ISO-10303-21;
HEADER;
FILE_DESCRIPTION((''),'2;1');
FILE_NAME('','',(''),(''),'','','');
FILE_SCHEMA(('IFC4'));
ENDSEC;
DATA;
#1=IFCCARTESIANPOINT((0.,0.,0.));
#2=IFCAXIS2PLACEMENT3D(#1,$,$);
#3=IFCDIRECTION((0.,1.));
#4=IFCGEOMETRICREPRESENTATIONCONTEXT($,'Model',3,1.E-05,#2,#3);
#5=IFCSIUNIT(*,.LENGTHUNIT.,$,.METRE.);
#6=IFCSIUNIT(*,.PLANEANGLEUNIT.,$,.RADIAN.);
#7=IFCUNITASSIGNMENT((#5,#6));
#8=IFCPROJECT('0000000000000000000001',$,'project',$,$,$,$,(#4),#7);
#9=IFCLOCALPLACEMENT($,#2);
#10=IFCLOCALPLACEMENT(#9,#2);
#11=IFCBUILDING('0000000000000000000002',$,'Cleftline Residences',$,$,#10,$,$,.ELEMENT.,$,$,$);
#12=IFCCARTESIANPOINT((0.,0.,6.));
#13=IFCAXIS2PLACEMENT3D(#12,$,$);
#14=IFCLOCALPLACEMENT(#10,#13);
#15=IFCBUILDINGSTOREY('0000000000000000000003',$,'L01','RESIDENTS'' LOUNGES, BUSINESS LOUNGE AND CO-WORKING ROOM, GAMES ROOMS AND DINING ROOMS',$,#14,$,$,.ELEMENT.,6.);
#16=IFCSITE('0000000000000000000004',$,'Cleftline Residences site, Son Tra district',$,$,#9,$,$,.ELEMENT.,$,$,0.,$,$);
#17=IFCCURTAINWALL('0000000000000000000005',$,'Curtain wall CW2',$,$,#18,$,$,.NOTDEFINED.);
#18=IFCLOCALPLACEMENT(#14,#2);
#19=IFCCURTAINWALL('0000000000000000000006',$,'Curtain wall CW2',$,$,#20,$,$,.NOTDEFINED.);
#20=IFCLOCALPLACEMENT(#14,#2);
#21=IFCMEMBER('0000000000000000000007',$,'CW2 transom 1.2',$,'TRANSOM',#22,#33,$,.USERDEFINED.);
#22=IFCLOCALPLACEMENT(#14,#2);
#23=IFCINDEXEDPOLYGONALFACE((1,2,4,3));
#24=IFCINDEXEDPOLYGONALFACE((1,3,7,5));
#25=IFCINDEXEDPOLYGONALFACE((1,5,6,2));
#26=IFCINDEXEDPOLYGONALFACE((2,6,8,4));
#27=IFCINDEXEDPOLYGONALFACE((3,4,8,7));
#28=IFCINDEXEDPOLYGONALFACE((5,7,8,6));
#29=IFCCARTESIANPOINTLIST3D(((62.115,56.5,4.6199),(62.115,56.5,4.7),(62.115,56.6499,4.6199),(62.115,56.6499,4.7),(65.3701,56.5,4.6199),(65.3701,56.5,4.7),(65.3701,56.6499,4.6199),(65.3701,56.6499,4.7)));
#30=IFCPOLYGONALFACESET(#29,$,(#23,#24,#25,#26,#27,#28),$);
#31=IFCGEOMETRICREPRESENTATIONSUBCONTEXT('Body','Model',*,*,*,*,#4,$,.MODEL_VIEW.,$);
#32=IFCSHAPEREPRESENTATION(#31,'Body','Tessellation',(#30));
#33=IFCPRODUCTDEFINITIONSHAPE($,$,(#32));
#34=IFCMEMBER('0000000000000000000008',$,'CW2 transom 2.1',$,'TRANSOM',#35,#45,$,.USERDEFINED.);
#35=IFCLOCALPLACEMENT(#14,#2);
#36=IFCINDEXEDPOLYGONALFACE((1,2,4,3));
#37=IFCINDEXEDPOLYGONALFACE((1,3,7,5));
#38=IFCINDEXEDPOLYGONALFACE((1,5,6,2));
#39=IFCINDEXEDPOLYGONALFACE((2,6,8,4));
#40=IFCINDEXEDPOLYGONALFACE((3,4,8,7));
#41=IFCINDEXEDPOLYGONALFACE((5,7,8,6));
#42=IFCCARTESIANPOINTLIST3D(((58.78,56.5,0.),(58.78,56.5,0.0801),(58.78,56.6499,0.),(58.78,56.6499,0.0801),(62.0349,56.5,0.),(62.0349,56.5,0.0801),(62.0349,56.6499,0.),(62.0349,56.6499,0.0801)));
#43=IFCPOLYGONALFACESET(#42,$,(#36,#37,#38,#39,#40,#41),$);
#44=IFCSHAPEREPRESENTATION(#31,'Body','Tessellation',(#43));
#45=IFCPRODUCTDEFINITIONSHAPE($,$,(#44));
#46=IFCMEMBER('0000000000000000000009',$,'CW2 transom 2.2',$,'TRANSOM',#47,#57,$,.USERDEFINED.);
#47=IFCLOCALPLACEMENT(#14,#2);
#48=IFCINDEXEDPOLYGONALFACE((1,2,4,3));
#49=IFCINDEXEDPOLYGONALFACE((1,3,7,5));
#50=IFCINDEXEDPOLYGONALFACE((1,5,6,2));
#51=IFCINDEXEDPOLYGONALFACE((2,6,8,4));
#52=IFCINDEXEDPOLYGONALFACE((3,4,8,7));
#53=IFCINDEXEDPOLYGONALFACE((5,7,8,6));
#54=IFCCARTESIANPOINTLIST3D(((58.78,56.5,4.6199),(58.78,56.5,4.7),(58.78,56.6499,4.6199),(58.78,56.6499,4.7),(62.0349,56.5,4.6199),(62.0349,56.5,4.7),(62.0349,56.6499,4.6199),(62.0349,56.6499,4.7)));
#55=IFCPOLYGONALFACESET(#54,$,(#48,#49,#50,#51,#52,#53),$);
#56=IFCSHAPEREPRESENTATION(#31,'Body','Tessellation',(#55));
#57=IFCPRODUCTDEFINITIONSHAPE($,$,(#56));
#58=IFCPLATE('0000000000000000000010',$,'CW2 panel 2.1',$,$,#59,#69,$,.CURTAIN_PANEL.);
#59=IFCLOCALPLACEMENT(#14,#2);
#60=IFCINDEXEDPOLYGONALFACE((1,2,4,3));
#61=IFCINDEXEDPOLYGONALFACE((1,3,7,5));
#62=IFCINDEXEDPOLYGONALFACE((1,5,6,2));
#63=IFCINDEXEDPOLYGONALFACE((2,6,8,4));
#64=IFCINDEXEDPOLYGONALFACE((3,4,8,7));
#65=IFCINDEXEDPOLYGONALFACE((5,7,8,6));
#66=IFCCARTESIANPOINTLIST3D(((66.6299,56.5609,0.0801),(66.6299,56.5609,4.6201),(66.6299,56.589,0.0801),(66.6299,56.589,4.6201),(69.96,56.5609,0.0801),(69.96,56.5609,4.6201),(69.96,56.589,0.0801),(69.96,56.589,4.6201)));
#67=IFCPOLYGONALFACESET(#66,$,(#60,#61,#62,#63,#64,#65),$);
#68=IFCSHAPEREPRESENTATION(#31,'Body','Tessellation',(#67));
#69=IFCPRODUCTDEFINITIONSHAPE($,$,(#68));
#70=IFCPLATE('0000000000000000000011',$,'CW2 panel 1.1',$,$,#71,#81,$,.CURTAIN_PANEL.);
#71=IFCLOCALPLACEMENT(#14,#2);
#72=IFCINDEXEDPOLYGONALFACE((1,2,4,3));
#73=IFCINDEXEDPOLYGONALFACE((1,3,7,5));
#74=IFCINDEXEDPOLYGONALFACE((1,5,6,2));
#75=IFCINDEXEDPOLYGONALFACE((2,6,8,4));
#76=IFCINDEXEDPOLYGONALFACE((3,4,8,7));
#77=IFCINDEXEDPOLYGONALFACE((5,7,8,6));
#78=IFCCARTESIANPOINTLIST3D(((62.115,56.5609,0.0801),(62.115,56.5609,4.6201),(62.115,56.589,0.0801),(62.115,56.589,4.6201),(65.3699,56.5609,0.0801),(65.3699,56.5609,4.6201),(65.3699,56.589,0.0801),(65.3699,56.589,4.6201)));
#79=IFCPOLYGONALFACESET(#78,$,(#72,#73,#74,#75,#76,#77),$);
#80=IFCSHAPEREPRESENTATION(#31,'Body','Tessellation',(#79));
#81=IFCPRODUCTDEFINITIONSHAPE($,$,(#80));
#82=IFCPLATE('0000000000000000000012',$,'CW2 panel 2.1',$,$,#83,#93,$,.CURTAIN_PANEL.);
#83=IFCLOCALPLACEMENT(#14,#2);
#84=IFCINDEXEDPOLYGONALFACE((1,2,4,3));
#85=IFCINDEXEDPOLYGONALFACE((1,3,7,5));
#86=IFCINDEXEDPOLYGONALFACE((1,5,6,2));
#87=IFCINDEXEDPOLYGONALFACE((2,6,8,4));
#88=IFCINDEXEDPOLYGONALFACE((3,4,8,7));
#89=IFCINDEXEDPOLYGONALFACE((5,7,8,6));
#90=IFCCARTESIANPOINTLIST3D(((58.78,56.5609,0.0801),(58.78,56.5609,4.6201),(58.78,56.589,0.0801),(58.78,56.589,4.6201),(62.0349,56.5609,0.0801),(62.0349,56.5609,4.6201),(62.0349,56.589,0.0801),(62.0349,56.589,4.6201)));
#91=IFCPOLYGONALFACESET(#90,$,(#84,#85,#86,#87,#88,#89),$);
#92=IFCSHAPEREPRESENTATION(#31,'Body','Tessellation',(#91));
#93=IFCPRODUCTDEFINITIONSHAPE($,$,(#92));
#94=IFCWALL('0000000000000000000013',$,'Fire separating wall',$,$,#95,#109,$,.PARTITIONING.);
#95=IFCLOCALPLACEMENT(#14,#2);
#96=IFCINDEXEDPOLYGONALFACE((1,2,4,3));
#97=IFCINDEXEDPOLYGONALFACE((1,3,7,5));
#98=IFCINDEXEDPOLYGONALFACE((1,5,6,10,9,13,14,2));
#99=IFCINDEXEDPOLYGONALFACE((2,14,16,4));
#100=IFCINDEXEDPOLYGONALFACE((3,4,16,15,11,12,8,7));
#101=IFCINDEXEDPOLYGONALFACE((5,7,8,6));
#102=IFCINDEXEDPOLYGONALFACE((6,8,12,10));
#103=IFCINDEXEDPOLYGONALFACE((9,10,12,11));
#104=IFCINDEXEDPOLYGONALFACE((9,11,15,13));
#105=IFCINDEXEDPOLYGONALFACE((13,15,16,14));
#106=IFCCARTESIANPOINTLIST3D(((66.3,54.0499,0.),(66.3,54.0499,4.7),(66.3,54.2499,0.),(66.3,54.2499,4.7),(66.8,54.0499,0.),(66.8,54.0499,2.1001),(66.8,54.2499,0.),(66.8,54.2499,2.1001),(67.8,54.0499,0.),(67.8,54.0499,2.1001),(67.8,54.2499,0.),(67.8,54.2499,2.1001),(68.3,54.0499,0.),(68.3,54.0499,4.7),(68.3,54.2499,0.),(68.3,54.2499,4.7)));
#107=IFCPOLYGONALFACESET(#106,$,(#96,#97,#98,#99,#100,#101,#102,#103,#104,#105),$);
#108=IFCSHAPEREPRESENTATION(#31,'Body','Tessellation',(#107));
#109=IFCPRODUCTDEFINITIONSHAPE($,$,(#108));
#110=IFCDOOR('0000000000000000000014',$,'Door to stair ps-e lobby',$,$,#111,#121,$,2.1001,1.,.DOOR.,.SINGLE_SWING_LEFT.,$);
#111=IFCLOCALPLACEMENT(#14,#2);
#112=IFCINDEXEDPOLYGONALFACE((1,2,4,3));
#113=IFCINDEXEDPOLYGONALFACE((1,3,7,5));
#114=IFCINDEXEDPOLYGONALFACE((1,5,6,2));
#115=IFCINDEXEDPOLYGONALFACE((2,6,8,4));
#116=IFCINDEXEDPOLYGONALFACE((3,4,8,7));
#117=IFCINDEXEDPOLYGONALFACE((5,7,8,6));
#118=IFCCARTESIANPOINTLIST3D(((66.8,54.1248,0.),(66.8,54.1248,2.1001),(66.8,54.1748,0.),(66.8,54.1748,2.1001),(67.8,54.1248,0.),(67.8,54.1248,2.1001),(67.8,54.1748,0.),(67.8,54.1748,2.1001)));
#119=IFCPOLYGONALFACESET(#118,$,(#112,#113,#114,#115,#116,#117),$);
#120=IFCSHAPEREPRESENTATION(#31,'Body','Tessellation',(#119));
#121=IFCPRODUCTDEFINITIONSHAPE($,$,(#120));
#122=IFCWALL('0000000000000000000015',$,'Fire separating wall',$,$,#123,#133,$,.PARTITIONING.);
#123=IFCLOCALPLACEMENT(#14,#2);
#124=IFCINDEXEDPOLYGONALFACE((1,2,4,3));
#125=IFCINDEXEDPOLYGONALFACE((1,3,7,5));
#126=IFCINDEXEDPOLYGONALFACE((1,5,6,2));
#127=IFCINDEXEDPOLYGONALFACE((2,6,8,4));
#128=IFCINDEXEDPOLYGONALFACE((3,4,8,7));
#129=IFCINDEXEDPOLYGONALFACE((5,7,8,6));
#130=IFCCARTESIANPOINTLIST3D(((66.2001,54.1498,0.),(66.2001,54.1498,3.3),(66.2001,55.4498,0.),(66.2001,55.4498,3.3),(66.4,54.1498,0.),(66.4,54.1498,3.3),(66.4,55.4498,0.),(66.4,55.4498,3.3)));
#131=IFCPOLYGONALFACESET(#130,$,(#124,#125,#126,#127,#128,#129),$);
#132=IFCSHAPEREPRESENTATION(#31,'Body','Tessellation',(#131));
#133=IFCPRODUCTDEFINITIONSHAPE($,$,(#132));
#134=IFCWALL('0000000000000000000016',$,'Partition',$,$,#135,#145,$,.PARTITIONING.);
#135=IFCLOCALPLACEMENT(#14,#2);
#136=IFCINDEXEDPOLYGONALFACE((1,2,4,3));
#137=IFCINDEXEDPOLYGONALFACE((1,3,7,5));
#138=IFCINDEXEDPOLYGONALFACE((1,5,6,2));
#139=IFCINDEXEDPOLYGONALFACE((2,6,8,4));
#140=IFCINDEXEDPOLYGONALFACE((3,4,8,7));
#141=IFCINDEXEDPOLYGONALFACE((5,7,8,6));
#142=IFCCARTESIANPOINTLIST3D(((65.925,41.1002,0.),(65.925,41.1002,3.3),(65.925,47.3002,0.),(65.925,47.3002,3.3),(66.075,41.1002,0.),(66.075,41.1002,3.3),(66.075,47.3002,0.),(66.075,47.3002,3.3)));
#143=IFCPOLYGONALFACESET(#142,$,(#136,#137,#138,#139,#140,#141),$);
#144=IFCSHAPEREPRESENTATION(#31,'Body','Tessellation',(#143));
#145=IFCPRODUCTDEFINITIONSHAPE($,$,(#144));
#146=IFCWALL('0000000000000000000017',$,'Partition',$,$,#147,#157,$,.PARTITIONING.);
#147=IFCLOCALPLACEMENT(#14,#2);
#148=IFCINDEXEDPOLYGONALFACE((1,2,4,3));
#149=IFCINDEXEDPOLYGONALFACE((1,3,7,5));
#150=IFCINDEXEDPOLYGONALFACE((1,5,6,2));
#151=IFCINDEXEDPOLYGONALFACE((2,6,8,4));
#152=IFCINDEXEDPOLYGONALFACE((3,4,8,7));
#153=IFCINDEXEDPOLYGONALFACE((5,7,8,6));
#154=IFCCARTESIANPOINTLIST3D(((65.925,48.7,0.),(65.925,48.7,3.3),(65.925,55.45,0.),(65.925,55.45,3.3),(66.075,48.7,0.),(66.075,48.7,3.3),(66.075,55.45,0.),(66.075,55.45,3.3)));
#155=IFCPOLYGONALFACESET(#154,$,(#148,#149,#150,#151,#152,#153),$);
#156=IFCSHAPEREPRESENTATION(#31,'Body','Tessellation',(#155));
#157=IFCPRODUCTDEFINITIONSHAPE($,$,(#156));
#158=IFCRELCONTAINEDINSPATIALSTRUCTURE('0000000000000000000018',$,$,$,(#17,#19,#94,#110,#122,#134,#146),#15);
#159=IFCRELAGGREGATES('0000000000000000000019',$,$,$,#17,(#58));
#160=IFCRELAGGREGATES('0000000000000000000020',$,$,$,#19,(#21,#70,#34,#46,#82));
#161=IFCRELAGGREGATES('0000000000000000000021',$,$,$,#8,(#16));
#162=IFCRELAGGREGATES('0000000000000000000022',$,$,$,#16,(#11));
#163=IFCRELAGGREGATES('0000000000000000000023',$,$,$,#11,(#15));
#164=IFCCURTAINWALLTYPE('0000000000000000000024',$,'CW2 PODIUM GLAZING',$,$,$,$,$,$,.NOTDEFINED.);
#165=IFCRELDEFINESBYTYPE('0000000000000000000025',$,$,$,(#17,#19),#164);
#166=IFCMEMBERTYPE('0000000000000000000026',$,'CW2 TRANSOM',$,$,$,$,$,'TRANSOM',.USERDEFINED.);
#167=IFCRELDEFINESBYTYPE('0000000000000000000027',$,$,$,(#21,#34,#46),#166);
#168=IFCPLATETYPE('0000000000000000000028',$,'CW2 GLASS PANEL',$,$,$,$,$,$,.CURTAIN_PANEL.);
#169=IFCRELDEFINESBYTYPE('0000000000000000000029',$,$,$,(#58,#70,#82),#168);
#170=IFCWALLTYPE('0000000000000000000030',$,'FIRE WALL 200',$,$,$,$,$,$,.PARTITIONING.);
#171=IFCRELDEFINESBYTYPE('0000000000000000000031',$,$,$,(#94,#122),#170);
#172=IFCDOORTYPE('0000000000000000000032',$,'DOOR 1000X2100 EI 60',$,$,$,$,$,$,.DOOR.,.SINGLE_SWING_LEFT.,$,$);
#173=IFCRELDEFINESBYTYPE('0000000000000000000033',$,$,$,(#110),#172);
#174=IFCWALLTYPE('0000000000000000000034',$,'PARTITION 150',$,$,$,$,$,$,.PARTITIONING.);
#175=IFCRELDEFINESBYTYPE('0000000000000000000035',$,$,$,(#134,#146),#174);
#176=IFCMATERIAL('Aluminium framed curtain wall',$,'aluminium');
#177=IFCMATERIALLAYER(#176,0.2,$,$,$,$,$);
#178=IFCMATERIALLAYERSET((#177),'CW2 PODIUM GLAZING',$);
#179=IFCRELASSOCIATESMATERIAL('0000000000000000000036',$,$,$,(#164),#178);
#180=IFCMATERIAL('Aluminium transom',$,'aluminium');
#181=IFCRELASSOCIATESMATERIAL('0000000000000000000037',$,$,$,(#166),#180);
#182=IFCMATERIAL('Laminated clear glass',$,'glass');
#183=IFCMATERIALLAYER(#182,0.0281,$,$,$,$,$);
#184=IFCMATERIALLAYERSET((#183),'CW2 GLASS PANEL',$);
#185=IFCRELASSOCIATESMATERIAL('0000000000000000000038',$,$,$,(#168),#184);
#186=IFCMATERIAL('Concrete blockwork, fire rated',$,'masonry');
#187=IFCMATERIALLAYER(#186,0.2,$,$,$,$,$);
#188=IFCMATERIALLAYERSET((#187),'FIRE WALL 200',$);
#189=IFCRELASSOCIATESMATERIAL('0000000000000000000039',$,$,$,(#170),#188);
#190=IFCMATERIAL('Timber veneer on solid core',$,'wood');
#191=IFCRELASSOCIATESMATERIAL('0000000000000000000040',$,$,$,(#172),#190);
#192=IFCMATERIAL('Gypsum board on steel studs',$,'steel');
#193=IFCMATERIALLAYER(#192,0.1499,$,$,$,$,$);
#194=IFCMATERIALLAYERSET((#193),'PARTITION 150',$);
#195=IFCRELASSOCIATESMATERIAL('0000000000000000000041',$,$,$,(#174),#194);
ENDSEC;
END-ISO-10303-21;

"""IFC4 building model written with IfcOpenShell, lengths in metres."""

from ifc_helpers import new_model, si_unit, direction, frame, frame_2d, origin, origin_2d, place, context, subcontext, project, spatial, rectangle, extrude, material, layer, layer_set, material_profile, profile_set, type_object, element, fill, aggregate, save


model = new_model("IFC4")

# Units and contexts
model_context = context("Model", 3, precision=1e-05, world=origin(), true_north=direction((0.0, 1.0)))
body_context = subcontext(model_context, "Body", "Model", "MODEL_VIEW")
ifc_project = project(units=[si_unit("LENGTHUNIT", "METRE"), si_unit("PLANEANGLEUNIT", "RADIAN")], contexts=[model_context])

# Site, building, storey
site_placement = place(None, origin())
site = spatial("IfcSite", under=ifc_project, at=site_placement, Name="Cleftline Residences site, Son Tra district", CompositionType="ELEMENT", RefElevation=0.0)
building_placement = place(site_placement, origin())
building = spatial("IfcBuilding", under=site, at=building_placement, Name="Cleftline Residences", CompositionType="ELEMENT")
storey_placement = place(building_placement, frame((0.0, 0.0, 6.0)))
storey = spatial("IfcBuildingStorey", under=building, at=storey_placement, Name="L01", Description="RESIDENTS' LOUNGES, BUSINESS LOUNGE AND CO-WORKING ROOM, GAMES ROOMS AND DINING ROOMS", CompositionType="ELEMENT", Elevation=6.0)

# Curtain wall
ifc_material_1 = material(Name="Aluminium framed curtain wall", Category="aluminium")
ifc_layer_1 = layer(ifc_material_1, 0.2)
ifc_layer_set_1 = layer_set([ifc_layer_1], Name="CW2 PODIUM GLAZING")
curtain_wall_type = type_object("IfcCurtainWallType", Name="CW2 PODIUM GLAZING", PredefinedType="NOTDEFINED", material=ifc_layer_set_1)
curtain_wall_1_placement = place(storey_placement, origin())
curtain_wall_1 = element("IfcCurtainWall", 1, at=curtain_wall_1_placement, inside=storey, type_object=curtain_wall_type, Name="Curtain wall CW2", PredefinedType="NOTDEFINED")

# Curtain wall
curtain_wall_2_placement = place(storey_placement, origin())
curtain_wall_2 = element("IfcCurtainWall", 2, at=curtain_wall_2_placement, inside=storey, type_object=curtain_wall_type, Name="Curtain wall CW2", PredefinedType="NOTDEFINED")

# Members
ifc_material_2 = material(Name="Aluminium transom", Category="aluminium")
ifc_material_profile_1 = material_profile(ifc_material_2, rectangle(XDim=0.1499, YDim=0.0801, at=origin_2d()))
ifc_profile_set_1 = profile_set([ifc_material_profile_1], Name="Aluminium transom")
member_type_1 = type_object("IfcMemberType", Name="CW2 TRANSOM", ElementType="TRANSOM", PredefinedType="USERDEFINED", material=ifc_profile_set_1)
member_1_placement = place(storey_placement, frame((65.3701, 56.575, 4.6599), z_axis=(-1.0, 0.0, 0.0), x_axis=(0.0, -1.0, 0.0)))
member_1 = element("IfcMember", 3, at=member_1_placement, type_object=member_type_1, Name="CW2 transom 1.2", ObjectType="TRANSOM", PredefinedType="USERDEFINED", context=body_context, shape_type="SweptSolid", body=[
    extrude(rectangle(XDim=0.1499, YDim=0.0801, at=origin_2d()), origin(), (0.0, 0.0, 1.0), 3.2551),
])
member_2_placement = place(storey_placement, frame((62.0349, 56.575, 0.04), z_axis=(-1.0, 0.0, 0.0), x_axis=(0.0, -1.0, 0.0)))
member_2 = element("IfcMember", 4, at=member_2_placement, type_object=member_type_1, Name="CW2 transom 2.1", ObjectType="TRANSOM", PredefinedType="USERDEFINED", context=body_context, shape_type="SweptSolid", body=[
    extrude(rectangle(XDim=0.1499, YDim=0.0801, at=origin_2d()), origin(), (0.0, 0.0, 1.0), 3.2549),
])
member_3_placement = place(storey_placement, frame((62.0349, 56.575, 4.6599), z_axis=(-1.0, 0.0, 0.0), x_axis=(0.0, -1.0, 0.0)))
member_3 = element("IfcMember", 5, at=member_3_placement, type_object=member_type_1, Name="CW2 transom 2.2", ObjectType="TRANSOM", PredefinedType="USERDEFINED", context=body_context, shape_type="SweptSolid", body=[
    extrude(rectangle(XDim=0.1499, YDim=0.0801, at=origin_2d()), origin(), (0.0, 0.0, 1.0), 3.2549),
])

# Plates
ifc_material_3 = material(Name="Laminated clear glass", Category="glass")
ifc_layer_2 = layer(ifc_material_3, 0.0281)
ifc_layer_set_2 = layer_set([ifc_layer_2], Name="CW2 GLASS PANEL")
plate_type = type_object("IfcPlateType", Name="CW2 GLASS PANEL", PredefinedType="CURTAIN_PANEL", material=ifc_layer_set_2)
plate_1_placement = place(storey_placement, frame((68.2949, 56.575, 0.0801), z_axis=(0.0, 0.0, 1.0), x_axis=(-1.0, 0.0, 0.0)))
plate_1 = element("IfcPlate", 6, at=plate_1_placement, type_object=plate_type, Name="CW2 panel 2.1", PredefinedType="CURTAIN_PANEL", context=body_context, shape_type="SweptSolid", body=[
    extrude(rectangle(XDim=3.3301, YDim=0.0281, at=origin_2d()), origin(), (0.0, 0.0, 1.0), 4.54),
])
aggregate(curtain_wall_1, [plate_1])
plate_2_placement = place(storey_placement, frame((63.7424, 56.575, 0.0801), z_axis=(0.0, 0.0, 1.0), x_axis=(-1.0, 0.0, 0.0)))
plate_2 = element("IfcPlate", 7, at=plate_2_placement, type_object=plate_type, Name="CW2 panel 1.1", PredefinedType="CURTAIN_PANEL", context=body_context, shape_type="SweptSolid", body=[
    extrude(rectangle(XDim=3.2549, YDim=0.0281, at=origin_2d()), origin(), (0.0, 0.0, 1.0), 4.54),
])
plate_3_placement = place(storey_placement, frame((60.4075, 56.575, 0.0801), z_axis=(0.0, 0.0, 1.0), x_axis=(-1.0, 0.0, 0.0)))
plate_3 = element("IfcPlate", 8, at=plate_3_placement, type_object=plate_type, Name="CW2 panel 2.1", PredefinedType="CURTAIN_PANEL", context=body_context, shape_type="SweptSolid", body=[
    extrude(rectangle(XDim=3.2549, YDim=0.0281, at=origin_2d()), origin(), (0.0, 0.0, 1.0), 4.54),
])
aggregate(curtain_wall_2, [member_1, plate_2, member_2, member_3, plate_3])

# Wall, opening, door
ifc_material_4 = material(Name="Concrete blockwork, fire rated", Category="masonry")
ifc_layer_3 = layer(ifc_material_4, 0.2)
ifc_layer_set_3 = layer_set([ifc_layer_3], Name="FIRE WALL 200")
wall_type_1 = type_object("IfcWallType", Name="FIRE WALL 200", PredefinedType="PARTITIONING", material=ifc_layer_set_3)
wall_1_placement = place(storey_placement, frame((66.3, 54.1499, 0.0), z_axis=(0.0, 0.0, 1.0), x_axis=(1.0, 0.0, 0.0)))
wall_1 = element("IfcWall", 9, at=wall_1_placement, inside=storey, type_object=wall_type_1, Name="Fire separating wall", PredefinedType="PARTITIONING", context=body_context, shape_type="SweptSolid", body=[
    extrude(rectangle(XDim=2.0, YDim=0.2, at=frame_2d((1.0, 0.0))), origin(), (0.0, 0.0, 1.0), 4.7),
])
opening_placement = place(wall_1_placement, frame((0.5, 0.0, 0.0)))
opening = element("IfcOpeningElement", 10, at=opening_placement, cuts=wall_1, PredefinedType="OPENING", context=body_context, shape_type="SweptSolid", body=[
    extrude(rectangle(XDim=1.0, YDim=2.1001, at=frame_2d((0.5, 1.05))), frame((0.0, 0.1099, 0.0), z_axis=(0.0, -1.0, 0.0), x_axis=(1.0, 0.0, 0.0)), (0.0, 0.0, 1.0), 0.22),
])
ifc_material_5 = material(Name="Timber veneer on solid core", Category="wood")
door_type = type_object("IfcDoorType", Name="DOOR 1000X2100 EI 60", OperationType="SINGLE_SWING_LEFT", PredefinedType="DOOR", material=ifc_material_5)
door_placement = place(opening_placement, origin())
door = element("IfcDoor", 11, at=door_placement, inside=storey, type_object=door_type, Name="Door to stair ps-e lobby", OperationType="SINGLE_SWING_LEFT", OverallHeight=2.1001, OverallWidth=1.0, PredefinedType="DOOR", context=body_context, shape_type="SweptSolid", body=[
    extrude(rectangle(XDim=1.0, YDim=2.1001, at=frame_2d((0.5, 1.05))), frame((0.0, 0.0249, 0.0), z_axis=(0.0, -1.0, 0.0), x_axis=(1.0, 0.0, 0.0)), (0.0, 0.0, 1.0), 0.05),
])
fill(opening, door)

# Walls
wall_2_placement = place(storey_placement, frame((66.3, 54.1499, 0.0), z_axis=(0.0, 0.0, 1.0), x_axis=(0.0, 1.0, 0.0)))
element("IfcWall", 12, at=wall_2_placement, inside=storey, type_object=wall_type_1, Name="Fire separating wall", PredefinedType="PARTITIONING", context=body_context, shape_type="SweptSolid", body=[
    extrude(rectangle(XDim=1.3, YDim=0.2, at=frame_2d((0.6499, 0.0))), origin(), (0.0, 0.0, 1.0), 3.3),
])
ifc_material_6 = material(Name="Gypsum board on steel studs", Category="steel")
ifc_layer_4 = layer(ifc_material_6, 0.1499)
ifc_layer_set_4 = layer_set([ifc_layer_4], Name="PARTITION 150")
wall_type_2 = type_object("IfcWallType", Name="PARTITION 150", PredefinedType="PARTITIONING", material=ifc_layer_set_4)
wall_3_placement = place(storey_placement, frame((66.0, 41.1001, 0.0), z_axis=(0.0, 0.0, 1.0), x_axis=(0.0, 1.0, 0.0)))
element("IfcWall", 13, at=wall_3_placement, inside=storey, type_object=wall_type_2, Name="Partition", PredefinedType="PARTITIONING", context=body_context, shape_type="SweptSolid", body=[
    extrude(rectangle(XDim=6.2, YDim=0.1499, at=frame_2d((3.1001, 0.0))), origin(), (0.0, 0.0, 1.0), 3.3),
])
wall_4_placement = place(storey_placement, frame((66.0, 48.7, 0.0), z_axis=(0.0, 0.0, 1.0), x_axis=(0.0, 1.0, 0.0)))
element("IfcWall", 14, at=wall_4_placement, inside=storey, type_object=wall_type_2, Name="Partition", PredefinedType="PARTITIONING", context=body_context, shape_type="SweptSolid", body=[
    extrude(rectangle(XDim=6.75, YDim=0.1499, at=frame_2d((3.375, 0.0))), origin(), (0.0, 0.0, 1.0), 3.3),
])

save(model, "model.ifc")
